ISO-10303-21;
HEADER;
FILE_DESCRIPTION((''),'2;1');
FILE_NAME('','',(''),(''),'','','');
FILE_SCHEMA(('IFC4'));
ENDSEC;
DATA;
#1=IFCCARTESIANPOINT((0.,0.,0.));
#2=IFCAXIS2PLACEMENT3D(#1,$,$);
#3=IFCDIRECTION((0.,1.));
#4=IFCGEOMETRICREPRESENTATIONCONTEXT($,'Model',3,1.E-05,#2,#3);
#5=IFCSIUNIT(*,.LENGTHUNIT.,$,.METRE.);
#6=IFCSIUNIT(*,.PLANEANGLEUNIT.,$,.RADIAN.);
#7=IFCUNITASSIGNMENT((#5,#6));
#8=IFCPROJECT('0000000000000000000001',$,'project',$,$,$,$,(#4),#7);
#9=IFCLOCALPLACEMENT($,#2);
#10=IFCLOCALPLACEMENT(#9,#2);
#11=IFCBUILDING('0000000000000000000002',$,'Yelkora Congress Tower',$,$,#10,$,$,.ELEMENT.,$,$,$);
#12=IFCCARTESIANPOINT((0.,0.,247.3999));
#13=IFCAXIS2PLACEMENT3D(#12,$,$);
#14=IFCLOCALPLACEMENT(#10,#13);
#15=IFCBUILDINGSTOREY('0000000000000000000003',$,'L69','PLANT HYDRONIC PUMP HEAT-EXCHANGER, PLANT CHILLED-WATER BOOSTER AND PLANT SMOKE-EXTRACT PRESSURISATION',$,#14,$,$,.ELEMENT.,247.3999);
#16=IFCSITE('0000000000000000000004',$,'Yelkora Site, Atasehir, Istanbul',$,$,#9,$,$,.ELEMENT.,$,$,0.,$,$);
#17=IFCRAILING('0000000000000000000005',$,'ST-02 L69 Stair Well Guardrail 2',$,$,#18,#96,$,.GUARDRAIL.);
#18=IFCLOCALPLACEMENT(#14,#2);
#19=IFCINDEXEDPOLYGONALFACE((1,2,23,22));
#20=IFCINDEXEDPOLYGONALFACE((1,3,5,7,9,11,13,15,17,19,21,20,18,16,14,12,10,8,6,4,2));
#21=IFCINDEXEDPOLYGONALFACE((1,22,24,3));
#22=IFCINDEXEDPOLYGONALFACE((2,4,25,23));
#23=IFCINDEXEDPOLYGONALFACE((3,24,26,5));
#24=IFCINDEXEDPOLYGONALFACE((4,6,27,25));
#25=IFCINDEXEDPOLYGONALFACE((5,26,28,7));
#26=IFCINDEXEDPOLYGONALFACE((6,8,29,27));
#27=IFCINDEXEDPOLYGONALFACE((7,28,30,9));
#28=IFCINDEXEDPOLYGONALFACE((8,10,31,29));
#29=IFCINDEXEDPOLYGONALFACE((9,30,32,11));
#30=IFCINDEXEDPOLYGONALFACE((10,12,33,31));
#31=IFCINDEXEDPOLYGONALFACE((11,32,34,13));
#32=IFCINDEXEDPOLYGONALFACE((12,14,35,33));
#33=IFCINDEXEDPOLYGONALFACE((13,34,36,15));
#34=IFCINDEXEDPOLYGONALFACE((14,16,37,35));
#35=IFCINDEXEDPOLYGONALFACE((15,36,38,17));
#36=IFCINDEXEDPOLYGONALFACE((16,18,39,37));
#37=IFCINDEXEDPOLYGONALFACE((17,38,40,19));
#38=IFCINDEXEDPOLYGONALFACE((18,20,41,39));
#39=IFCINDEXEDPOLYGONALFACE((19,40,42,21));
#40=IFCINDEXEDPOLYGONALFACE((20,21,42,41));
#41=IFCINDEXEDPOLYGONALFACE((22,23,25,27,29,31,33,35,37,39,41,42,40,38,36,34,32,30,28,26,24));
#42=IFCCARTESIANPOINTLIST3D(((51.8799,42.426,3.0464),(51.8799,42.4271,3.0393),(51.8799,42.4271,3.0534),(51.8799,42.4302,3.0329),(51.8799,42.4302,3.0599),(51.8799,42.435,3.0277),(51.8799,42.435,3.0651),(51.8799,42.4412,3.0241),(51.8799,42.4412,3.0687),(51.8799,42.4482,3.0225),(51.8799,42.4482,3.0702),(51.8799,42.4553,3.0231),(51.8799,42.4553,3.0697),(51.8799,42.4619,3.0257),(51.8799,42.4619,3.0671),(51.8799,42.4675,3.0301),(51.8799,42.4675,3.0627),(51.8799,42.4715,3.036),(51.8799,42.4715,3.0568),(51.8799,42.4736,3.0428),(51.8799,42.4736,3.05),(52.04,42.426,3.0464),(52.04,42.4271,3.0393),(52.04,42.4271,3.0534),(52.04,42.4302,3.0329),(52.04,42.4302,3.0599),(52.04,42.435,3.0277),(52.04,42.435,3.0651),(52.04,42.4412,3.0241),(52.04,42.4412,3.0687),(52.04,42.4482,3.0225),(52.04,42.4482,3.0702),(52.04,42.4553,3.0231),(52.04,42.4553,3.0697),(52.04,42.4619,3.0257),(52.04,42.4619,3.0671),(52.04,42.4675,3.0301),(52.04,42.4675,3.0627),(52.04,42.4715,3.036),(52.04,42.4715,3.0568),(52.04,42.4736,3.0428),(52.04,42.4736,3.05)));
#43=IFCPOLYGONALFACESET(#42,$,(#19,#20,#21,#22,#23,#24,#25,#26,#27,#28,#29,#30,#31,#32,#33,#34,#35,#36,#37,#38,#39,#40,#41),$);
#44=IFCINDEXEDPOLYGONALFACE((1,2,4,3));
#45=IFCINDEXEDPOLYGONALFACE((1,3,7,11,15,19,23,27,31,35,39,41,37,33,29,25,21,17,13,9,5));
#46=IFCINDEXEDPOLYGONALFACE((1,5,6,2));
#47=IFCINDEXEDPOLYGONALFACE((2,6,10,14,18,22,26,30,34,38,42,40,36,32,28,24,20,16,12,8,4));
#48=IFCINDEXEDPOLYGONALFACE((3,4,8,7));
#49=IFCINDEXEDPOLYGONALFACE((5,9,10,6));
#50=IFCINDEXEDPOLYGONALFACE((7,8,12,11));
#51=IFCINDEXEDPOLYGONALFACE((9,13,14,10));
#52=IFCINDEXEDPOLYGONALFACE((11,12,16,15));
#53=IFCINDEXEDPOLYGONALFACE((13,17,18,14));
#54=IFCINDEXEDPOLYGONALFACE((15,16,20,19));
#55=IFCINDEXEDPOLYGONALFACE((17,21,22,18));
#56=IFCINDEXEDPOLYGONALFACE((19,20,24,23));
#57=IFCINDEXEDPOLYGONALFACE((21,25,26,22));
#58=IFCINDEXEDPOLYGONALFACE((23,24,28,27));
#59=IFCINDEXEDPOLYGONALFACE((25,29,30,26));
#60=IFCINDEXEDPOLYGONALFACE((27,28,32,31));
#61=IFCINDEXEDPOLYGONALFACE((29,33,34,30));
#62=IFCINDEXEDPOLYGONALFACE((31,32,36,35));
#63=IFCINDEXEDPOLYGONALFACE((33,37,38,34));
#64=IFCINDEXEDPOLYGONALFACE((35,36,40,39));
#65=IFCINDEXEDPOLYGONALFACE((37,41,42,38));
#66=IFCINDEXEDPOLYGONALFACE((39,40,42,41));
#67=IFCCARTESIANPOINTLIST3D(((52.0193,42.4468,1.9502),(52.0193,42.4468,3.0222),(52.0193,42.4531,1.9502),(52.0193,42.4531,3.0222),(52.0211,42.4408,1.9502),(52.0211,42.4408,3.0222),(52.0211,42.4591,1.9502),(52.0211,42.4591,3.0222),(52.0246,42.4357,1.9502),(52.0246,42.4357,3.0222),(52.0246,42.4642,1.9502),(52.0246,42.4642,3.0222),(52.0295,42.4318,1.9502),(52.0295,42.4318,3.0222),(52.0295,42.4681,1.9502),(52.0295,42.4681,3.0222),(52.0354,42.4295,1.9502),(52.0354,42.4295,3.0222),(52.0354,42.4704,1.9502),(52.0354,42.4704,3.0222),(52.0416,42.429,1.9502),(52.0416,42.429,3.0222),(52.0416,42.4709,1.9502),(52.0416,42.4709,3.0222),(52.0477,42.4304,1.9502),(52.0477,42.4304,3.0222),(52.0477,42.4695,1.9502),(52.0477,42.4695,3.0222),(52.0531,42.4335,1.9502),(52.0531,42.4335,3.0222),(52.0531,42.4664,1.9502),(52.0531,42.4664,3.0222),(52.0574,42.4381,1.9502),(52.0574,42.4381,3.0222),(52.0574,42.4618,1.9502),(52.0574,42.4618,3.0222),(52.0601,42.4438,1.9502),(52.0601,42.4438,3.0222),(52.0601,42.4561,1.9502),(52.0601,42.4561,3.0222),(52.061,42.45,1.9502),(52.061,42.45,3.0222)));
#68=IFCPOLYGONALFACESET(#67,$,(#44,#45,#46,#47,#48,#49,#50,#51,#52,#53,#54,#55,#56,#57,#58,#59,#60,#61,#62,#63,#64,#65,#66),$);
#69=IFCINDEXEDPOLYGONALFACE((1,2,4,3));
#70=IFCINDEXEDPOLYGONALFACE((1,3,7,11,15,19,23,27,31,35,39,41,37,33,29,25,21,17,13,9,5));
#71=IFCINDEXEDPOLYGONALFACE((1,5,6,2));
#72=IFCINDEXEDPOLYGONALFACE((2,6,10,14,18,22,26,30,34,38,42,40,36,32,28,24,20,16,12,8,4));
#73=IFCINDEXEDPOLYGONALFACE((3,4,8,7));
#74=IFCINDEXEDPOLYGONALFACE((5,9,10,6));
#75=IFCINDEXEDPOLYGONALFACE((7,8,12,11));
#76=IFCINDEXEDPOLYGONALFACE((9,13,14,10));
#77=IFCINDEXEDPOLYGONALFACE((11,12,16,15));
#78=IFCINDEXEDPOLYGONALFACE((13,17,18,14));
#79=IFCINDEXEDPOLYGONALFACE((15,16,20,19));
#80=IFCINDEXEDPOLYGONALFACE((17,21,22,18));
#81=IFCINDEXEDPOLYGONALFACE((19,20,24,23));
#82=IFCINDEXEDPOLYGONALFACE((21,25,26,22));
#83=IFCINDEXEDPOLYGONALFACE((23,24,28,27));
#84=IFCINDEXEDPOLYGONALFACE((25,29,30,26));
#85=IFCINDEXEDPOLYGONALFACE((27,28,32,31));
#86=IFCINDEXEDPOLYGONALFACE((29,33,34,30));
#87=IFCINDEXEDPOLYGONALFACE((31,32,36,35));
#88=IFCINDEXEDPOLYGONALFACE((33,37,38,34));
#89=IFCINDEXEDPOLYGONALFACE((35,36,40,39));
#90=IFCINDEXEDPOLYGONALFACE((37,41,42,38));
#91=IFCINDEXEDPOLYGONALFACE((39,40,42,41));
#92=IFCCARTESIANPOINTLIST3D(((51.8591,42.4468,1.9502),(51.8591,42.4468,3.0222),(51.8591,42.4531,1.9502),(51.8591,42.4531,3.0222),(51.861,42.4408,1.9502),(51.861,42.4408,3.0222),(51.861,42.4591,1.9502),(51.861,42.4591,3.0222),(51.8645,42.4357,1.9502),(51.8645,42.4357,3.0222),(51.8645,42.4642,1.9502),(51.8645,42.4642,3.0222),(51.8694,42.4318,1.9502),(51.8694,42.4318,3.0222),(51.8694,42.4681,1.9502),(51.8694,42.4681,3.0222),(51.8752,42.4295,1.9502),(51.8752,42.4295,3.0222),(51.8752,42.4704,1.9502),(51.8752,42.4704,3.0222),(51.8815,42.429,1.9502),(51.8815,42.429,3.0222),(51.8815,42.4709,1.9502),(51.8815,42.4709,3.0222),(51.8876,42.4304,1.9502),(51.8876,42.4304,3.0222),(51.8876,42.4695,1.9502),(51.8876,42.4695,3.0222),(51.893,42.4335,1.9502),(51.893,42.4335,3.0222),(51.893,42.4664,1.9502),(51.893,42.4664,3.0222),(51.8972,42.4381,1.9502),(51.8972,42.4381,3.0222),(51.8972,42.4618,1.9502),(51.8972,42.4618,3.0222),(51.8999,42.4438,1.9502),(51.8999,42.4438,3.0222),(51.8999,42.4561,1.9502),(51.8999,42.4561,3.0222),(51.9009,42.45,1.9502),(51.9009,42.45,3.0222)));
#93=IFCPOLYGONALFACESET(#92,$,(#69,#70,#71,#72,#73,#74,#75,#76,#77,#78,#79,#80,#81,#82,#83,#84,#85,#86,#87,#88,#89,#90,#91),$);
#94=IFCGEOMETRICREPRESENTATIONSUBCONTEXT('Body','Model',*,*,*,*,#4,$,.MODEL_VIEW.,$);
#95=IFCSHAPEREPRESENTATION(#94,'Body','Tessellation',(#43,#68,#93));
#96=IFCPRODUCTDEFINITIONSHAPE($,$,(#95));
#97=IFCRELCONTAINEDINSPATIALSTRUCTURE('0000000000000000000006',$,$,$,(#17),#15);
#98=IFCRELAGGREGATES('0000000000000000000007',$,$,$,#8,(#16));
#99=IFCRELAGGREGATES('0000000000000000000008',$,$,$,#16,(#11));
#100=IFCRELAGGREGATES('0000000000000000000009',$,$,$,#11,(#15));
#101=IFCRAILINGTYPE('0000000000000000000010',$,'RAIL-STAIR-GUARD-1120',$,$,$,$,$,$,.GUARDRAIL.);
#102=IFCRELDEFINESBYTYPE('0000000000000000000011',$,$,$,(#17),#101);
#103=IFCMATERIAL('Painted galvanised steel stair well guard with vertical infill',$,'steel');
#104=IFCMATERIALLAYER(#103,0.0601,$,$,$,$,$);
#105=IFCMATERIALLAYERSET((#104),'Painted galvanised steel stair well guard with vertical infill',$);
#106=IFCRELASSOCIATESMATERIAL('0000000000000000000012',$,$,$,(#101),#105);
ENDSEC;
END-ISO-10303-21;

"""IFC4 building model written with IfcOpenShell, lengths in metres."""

from ifc_helpers import new_model, si_unit, direction, frame, origin, origin_2d, place, context, subcontext, project, spatial, circle, extrude, material, layer, layer_set, type_object, element, save


model = new_model("IFC4")

# Units and contexts
model_context = context("Model", 3, precision=1e-05, world=origin(), true_north=direction((0.0, 1.0)))
body_context = subcontext(model_context, "Body", "Model", "MODEL_VIEW")
ifc_project = project(units=[si_unit("LENGTHUNIT", "METRE"), si_unit("PLANEANGLEUNIT", "RADIAN")], contexts=[model_context])

# Site, building, storey
site_placement = place(None, origin())
site = spatial("IfcSite", under=ifc_project, at=site_placement, Name="Yelkora Site, Atasehir, Istanbul", CompositionType="ELEMENT", RefElevation=0.0)
building_placement = place(site_placement, origin())
building = spatial("IfcBuilding", under=site, at=building_placement, Name="Yelkora Congress Tower", CompositionType="ELEMENT")
storey_placement = place(building_placement, frame((0.0, 0.0, 247.3999)))
storey = spatial("IfcBuildingStorey", under=building, at=storey_placement, Name="L69", Description="PLANT HYDRONIC PUMP HEAT-EXCHANGER, PLANT CHILLED-WATER BOOSTER AND PLANT SMOKE-EXTRACT PRESSURISATION", CompositionType="ELEMENT", Elevation=247.3999)

# Railing
ifc_material_1 = material(Name="Painted galvanised steel stair well guard with vertical infill", Category="steel")
ifc_layer_1 = layer(ifc_material_1, 0.0601)
ifc_layer_set_1 = layer_set([ifc_layer_1], Name="Painted galvanised steel stair well guard with vertical infill")
railing_type_1 = type_object("IfcRailingType", Name="RAIL-STAIR-GUARD-1120", PredefinedType="GUARDRAIL", material=ifc_layer_set_1)
railing_1_placement = place(storey_placement, frame((52.04, 42.45, 1.9502)))
element("IfcRailing", 1, at=railing_1_placement, inside=storey, type_object=railing_type_1, Name="ST-02 L69 Stair Well Guardrail 2", PredefinedType="GUARDRAIL", context=body_context, shape_type="SweptSolid", body=[
    extrude(circle(Radius=0.0239, at=origin_2d()), frame((0.0, 0.0, 1.0962), z_axis=(-1.0, 0.0, 0.0), x_axis=(0.0, -1.0, 0.0)), (0.0, 0.0, 1.0), 0.1602),
    extrude(circle(Radius=0.021, at=origin_2d()), origin(), (0.0, 0.0, 1.0), 1.072),
    extrude(circle(Radius=0.021, at=origin_2d()), frame((-0.1602, 0.0, 0.0)), (0.0, 0.0, 1.0), 1.072),
])

save(model, "model.ifc")
